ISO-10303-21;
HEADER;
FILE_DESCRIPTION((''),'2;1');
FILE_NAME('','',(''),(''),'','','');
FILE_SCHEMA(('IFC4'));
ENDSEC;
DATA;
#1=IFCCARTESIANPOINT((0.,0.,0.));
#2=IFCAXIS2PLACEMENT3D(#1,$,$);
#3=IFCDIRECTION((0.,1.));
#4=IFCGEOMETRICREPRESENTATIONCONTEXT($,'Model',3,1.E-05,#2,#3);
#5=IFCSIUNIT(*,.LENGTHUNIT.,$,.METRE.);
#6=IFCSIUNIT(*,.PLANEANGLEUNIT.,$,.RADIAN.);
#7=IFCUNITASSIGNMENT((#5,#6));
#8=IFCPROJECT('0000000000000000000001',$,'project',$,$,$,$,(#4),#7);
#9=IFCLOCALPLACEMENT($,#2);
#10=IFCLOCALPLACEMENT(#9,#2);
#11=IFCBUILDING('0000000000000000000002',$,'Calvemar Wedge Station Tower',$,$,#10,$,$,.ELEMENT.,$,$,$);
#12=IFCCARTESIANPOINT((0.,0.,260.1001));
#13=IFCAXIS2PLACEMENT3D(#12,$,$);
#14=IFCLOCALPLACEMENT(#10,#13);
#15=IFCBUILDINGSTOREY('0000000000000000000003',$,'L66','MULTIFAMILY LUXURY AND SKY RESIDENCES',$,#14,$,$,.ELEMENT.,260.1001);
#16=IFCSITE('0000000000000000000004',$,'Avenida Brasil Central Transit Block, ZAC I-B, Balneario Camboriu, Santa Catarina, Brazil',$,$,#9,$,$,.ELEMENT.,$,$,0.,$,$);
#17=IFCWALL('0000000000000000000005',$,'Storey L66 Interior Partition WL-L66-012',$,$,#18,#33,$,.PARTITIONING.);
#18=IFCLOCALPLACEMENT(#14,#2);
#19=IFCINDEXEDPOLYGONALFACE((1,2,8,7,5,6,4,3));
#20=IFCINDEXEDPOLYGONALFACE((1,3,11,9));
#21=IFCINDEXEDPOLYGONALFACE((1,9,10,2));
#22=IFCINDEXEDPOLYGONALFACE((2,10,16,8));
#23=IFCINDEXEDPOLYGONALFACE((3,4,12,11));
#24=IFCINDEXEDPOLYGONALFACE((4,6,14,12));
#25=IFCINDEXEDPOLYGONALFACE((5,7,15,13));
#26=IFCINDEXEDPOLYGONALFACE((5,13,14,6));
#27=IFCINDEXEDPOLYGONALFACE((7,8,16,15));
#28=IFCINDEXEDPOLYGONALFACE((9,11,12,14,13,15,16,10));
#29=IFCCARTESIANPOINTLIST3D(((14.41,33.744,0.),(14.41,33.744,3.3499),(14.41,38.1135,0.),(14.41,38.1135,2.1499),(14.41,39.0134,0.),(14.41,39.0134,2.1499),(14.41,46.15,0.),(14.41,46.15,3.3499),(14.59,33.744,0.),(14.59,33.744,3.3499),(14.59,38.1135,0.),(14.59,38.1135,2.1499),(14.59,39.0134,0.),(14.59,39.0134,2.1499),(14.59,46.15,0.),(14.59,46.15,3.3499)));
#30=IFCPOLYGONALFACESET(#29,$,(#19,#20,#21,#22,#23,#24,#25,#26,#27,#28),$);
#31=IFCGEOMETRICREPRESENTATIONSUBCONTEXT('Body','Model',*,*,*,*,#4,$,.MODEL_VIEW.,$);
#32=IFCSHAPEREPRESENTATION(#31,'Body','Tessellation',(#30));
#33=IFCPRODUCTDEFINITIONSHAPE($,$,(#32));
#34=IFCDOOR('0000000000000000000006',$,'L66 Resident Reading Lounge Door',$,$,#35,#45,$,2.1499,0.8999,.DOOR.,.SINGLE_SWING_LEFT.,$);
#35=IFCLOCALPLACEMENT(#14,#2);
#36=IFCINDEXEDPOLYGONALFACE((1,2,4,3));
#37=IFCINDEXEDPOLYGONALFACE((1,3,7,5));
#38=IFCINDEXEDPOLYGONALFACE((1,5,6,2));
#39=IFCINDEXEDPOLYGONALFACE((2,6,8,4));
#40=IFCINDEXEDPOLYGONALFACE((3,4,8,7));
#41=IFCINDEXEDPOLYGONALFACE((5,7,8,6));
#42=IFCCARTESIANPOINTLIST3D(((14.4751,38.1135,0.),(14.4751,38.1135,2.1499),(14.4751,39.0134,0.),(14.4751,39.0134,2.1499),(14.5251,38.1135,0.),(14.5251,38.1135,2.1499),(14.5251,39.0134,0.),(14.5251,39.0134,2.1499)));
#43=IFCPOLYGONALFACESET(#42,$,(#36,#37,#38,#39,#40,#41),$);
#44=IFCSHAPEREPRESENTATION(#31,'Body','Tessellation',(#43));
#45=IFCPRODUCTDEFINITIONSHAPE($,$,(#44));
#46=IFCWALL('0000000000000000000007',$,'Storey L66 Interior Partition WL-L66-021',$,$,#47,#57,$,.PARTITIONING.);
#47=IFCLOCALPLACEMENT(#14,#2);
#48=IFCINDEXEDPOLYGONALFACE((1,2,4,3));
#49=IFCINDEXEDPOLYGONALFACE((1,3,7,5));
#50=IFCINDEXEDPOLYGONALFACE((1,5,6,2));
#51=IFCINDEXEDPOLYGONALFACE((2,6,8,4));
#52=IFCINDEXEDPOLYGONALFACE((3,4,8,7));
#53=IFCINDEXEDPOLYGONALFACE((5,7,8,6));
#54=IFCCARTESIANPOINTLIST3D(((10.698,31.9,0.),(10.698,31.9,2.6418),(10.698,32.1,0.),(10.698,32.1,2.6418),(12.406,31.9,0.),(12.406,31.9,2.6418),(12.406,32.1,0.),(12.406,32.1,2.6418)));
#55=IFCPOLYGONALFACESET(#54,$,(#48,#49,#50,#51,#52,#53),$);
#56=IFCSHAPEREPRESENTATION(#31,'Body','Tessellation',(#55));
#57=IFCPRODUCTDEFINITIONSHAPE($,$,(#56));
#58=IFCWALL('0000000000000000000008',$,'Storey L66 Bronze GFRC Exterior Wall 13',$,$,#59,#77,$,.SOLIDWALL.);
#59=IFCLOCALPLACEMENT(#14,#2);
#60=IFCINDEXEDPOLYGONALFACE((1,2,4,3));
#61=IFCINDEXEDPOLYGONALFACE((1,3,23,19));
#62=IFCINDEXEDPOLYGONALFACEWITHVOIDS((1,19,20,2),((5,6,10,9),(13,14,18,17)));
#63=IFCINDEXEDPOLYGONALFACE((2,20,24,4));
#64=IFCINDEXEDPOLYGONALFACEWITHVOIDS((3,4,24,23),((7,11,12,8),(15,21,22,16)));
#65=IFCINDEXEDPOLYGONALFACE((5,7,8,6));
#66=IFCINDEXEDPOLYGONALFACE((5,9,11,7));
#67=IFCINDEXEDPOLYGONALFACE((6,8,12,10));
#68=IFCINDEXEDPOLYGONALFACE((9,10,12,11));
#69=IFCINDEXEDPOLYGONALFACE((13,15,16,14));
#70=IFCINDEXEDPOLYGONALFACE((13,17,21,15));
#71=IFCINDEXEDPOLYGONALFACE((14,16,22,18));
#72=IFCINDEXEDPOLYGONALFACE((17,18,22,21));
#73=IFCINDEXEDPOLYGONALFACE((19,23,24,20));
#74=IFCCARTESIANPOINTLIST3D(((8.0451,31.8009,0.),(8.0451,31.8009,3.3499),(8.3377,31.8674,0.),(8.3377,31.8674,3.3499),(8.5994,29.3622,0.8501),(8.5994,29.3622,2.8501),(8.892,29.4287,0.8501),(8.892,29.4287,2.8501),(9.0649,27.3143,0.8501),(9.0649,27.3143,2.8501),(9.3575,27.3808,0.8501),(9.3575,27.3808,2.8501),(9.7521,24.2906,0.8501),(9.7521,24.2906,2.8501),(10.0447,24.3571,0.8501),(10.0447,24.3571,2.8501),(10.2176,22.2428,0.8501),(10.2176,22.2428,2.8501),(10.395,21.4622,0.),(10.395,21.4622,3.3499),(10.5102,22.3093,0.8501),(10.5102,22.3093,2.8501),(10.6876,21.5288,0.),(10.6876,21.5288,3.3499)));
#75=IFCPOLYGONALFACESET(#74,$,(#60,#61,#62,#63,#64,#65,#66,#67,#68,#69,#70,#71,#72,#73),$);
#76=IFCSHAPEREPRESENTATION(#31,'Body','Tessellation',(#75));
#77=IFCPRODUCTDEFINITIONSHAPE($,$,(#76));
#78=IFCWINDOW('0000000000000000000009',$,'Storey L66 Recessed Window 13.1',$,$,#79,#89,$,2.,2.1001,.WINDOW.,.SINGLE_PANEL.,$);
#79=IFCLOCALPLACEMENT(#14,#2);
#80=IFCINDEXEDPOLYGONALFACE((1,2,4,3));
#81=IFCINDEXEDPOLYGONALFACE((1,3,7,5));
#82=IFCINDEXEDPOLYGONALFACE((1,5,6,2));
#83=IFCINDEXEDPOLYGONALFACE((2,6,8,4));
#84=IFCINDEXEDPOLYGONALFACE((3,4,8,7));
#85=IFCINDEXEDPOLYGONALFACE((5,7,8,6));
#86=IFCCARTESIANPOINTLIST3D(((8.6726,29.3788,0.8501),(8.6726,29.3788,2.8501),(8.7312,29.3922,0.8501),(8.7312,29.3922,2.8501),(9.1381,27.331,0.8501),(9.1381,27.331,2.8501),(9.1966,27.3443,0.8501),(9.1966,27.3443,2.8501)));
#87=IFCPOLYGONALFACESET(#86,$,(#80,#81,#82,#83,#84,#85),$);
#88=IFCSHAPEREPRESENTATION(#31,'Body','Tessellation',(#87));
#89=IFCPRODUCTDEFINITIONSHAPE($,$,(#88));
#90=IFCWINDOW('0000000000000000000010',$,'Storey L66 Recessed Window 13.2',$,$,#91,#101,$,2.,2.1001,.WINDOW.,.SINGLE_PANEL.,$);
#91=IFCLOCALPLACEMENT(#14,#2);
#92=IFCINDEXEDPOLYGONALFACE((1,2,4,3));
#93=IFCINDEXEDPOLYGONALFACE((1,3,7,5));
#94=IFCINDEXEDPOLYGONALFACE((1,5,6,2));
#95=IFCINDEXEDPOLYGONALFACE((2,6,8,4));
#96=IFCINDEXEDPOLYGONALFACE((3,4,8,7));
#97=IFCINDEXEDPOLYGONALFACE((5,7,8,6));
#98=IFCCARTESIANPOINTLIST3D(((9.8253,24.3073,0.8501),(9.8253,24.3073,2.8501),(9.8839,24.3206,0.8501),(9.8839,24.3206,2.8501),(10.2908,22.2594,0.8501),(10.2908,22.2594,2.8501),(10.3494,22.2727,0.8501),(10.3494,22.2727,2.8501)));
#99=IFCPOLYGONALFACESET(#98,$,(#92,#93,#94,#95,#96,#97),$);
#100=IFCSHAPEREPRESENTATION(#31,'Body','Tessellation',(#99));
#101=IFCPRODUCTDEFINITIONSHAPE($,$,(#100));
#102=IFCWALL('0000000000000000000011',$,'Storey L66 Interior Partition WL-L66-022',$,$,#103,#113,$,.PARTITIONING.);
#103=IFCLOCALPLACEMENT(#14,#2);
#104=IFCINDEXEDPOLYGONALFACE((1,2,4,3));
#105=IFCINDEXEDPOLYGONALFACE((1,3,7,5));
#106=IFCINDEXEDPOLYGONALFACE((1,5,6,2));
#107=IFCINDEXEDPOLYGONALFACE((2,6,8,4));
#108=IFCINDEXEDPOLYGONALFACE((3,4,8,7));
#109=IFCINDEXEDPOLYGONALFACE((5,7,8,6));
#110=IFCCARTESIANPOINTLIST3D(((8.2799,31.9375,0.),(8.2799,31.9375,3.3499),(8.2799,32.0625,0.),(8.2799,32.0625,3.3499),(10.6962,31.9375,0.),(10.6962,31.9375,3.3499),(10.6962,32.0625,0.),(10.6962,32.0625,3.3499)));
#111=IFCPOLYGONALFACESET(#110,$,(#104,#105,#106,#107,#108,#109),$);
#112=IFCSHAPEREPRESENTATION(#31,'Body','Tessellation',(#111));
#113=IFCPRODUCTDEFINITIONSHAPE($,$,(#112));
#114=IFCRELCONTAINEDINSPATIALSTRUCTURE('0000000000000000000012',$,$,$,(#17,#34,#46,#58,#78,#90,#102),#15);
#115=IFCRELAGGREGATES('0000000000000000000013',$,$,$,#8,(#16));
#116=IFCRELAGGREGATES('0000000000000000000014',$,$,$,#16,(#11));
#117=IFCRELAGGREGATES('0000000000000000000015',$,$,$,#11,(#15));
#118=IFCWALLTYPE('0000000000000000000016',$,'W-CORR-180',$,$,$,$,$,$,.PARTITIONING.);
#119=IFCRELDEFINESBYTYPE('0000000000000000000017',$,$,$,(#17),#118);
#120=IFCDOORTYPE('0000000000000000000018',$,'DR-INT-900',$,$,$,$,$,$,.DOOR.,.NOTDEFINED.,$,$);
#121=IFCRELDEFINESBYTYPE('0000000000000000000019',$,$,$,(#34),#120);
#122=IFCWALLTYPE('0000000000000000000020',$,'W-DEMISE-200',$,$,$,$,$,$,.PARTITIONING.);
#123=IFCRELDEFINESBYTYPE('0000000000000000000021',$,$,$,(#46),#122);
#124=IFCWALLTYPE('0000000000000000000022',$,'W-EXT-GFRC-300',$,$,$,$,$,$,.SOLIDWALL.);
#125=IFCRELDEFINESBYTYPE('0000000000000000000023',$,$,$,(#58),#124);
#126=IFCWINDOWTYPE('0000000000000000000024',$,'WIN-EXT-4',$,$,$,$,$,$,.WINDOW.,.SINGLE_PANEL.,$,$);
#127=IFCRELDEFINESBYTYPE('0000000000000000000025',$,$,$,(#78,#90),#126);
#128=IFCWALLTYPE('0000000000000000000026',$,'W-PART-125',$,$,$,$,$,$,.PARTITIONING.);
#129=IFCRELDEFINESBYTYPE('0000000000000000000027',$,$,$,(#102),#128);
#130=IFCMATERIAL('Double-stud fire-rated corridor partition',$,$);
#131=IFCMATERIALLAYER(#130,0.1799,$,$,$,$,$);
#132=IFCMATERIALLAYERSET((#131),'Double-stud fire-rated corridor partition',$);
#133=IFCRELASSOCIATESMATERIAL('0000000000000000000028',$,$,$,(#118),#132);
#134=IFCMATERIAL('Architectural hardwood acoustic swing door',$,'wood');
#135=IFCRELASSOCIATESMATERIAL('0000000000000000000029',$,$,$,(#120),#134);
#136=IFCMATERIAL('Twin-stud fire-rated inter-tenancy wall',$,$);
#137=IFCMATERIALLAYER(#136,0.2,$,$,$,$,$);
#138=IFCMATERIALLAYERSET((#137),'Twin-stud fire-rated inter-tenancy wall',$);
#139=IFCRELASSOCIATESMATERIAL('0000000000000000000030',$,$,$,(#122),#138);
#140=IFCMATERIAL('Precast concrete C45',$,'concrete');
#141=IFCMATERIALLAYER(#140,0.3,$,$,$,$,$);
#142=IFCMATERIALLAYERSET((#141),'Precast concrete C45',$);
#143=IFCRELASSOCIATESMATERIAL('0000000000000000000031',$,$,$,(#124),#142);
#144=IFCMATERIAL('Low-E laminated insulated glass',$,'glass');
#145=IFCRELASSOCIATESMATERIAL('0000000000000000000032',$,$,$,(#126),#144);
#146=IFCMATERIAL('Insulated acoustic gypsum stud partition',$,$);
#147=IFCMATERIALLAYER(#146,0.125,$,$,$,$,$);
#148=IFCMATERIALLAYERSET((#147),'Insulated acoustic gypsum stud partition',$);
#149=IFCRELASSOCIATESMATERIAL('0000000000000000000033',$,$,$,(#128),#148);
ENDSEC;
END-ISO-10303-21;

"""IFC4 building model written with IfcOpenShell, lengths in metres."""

from ifc_helpers import new_model, si_unit, direction, frame, frame_2d, origin, place, context, subcontext, project, spatial, rectangle, extrude, source, transform, mapped, material, layer, layer_set, type_object, element, fill, save


model = new_model("IFC4")

# Units and contexts
model_context = context("Model", 3, precision=1e-05, world=origin(), true_north=direction((0.0, 1.0)))
body_context = subcontext(model_context, "Body", "Model", "MODEL_VIEW")
ifc_project = project(units=[si_unit("LENGTHUNIT", "METRE"), si_unit("PLANEANGLEUNIT", "RADIAN")], contexts=[model_context])

# Site, building, storey
site_placement = place(None, origin())
site = spatial("IfcSite", under=ifc_project, at=site_placement, Name="Avenida Brasil Central Transit Block, ZAC I-B, Balneario Camboriu, Santa Catarina, Brazil", CompositionType="ELEMENT", RefElevation=0.0)
building_placement = place(site_placement, origin())
building = spatial("IfcBuilding", under=site, at=building_placement, Name="Calvemar Wedge Station Tower", CompositionType="ELEMENT")
storey_placement = place(building_placement, frame((0.0, 0.0, 260.1001)))
storey = spatial("IfcBuildingStorey", under=building, at=storey_placement, Name="L66", Description="MULTIFAMILY LUXURY AND SKY RESIDENCES", CompositionType="ELEMENT", Elevation=260.1001)

# Shared definitions
ifc_material_1 = material(Name="Double-stud fire-rated corridor partition")
ifc_layer_1 = layer(ifc_material_1, 0.1799)
ifc_layer_set_1 = layer_set([ifc_layer_1], Name="Double-stud fire-rated corridor partition")
wall_type_1 = type_object("IfcWallType", Name="W-CORR-180", PredefinedType="PARTITIONING", material=ifc_layer_set_1)

# Wall, opening, door
wall_1_placement = place(storey_placement, frame((14.5, 33.7439, 0.0), z_axis=(0.0, 0.0, 1.0), x_axis=(0.0, 1.0, 0.0)))
wall_1 = element("IfcWall", 1, at=wall_1_placement, inside=storey, type_object=wall_type_1, Name="Storey L66 Interior Partition WL-L66-012", PredefinedType="PARTITIONING", context=body_context, shape_type="SweptSolid", body=[
    extrude(rectangle(XDim=12.406, YDim=0.1799, at=frame_2d((6.2031, 0.0))), origin(), (0.0, 0.0, 1.0), 3.3499),
])
shared_shape_1 = source(origin(), body_context, "Body", "SweptSolid", [
    extrude(rectangle(XDim=0.8999, YDim=2.1499, at=frame_2d((0.45, 1.075))), frame((0.0, 0.1001, 0.0), z_axis=(0.0, -1.0, 0.0), x_axis=(1.0, 0.0, 0.0)), (0.0, 0.0, 1.0), 0.2),
])
opening_1_placement = place(wall_1_placement, frame((4.3696, 0.0, 0.0)))
opening_1 = element("IfcOpeningElement", 2, at=opening_1_placement, cuts=wall_1, PredefinedType="OPENING", context=body_context, shape_type="MappedRepresentation", body=[
    mapped(shared_shape_1, transform((0.0, 0.0, 0.0), scale=1.0)),
])
ifc_material_2 = material(Name="Architectural hardwood acoustic swing door", Category="wood")
door_type_1 = type_object("IfcDoorType", Name="DR-INT-900", OperationType="NOTDEFINED", PredefinedType="DOOR", material=ifc_material_2)
shared_shape_2 = source(origin(), body_context, "Body", "SweptSolid", [
    extrude(rectangle(XDim=0.8999, YDim=2.1499, at=frame_2d((0.45, 1.075))), frame((0.0, 0.0249, 0.0), z_axis=(0.0, -1.0, 0.0), x_axis=(1.0, 0.0, 0.0)), (0.0, 0.0, 1.0), 0.05),
])
door_1_placement = place(opening_1_placement, origin())
door_1 = element("IfcDoor", 3, at=door_1_placement, inside=storey, type_object=door_type_1, Name="L66 Resident Reading Lounge Door", OperationType="SINGLE_SWING_LEFT", OverallHeight=2.1499, OverallWidth=0.8999, PredefinedType="DOOR", context=body_context, shape_type="MappedRepresentation", body=[
    mapped(shared_shape_2, transform((0.0, 0.0, 0.0), scale=1.0)),
])
fill(opening_1, door_1)

# Wall
ifc_material_3 = material(Name="Twin-stud fire-rated inter-tenancy wall")
ifc_layer_2 = layer(ifc_material_3, 0.2)
ifc_layer_set_2 = layer_set([ifc_layer_2], Name="Twin-stud fire-rated inter-tenancy wall")
wall_type_2 = type_object("IfcWallType", Name="W-DEMISE-200", PredefinedType="PARTITIONING", material=ifc_layer_set_2)
wall_2_placement = place(storey_placement, frame((12.406, 32.0, 0.0), z_axis=(0.0, 0.0, 1.0), x_axis=(-1.0, 0.0, 0.0)))
element("IfcWall", 4, at=wall_2_placement, inside=storey, type_object=wall_type_2, Name="Storey L66 Interior Partition WL-L66-021", PredefinedType="PARTITIONING", context=body_context, shape_type="SweptSolid", body=[
    extrude(rectangle(XDim=1.708, YDim=0.2, at=frame_2d((0.854, 0.0))), origin(), (0.0, 0.0, 1.0), 2.6418),
])

# Wall, openings, windows
ifc_material_4 = material(Name="Precast concrete C45", Category="concrete")
ifc_layer_3 = layer(ifc_material_4, 0.3)
ifc_layer_set_3 = layer_set([ifc_layer_3], Name="Precast concrete C45")
wall_type_3 = type_object("IfcWallType", Name="W-EXT-GFRC-300", PredefinedType="SOLIDWALL", material=ifc_layer_set_3)
wall_3_placement = place(storey_placement, frame((8.1914, 31.8342, 0.0), z_axis=(0.0, 0.0, 1.0), x_axis=(0.221636, -0.975129, 0.0)))
wall_3 = element("IfcWall", 5, at=wall_3_placement, inside=storey, type_object=wall_type_3, Name="Storey L66 Bronze GFRC Exterior Wall 13", PredefinedType="SOLIDWALL", context=body_context, shape_type="SweptSolid", body=[
    extrude(rectangle(XDim=10.6023, YDim=0.3, at=frame_2d((5.3013, 0.0))), origin(), (0.0, 0.0, 1.0), 3.3499),
])
shared_shape_3 = source(origin(), body_context, "Body", "SweptSolid", [
    extrude(rectangle(XDim=2.1001, YDim=2.0, at=frame_2d((1.05, 1.0))), frame((0.0, 0.1602, 0.0), z_axis=(0.0, -1.0, 0.0), x_axis=(1.0, 0.0, 0.0)), (0.0, 0.0, 1.0), 0.3201),
])
opening_2_placement = place(wall_3_placement, frame((2.501, 0.0, 0.8501)))
opening_2 = element("IfcOpeningElement", 6, at=opening_2_placement, cuts=wall_3, PredefinedType="OPENING", context=body_context, shape_type="MappedRepresentation", body=[
    mapped(shared_shape_3, transform((0.0, 0.0, 0.0), scale=1.0)),
])
opening_3_placement = place(wall_3_placement, frame((7.7019, 0.0, 0.8501)))
opening_3 = element("IfcOpeningElement", 7, at=opening_3_placement, cuts=wall_3, PredefinedType="OPENING", context=body_context, shape_type="MappedRepresentation", body=[
    mapped(shared_shape_3, transform((0.0, 0.0, 0.0), scale=1.0)),
])
ifc_material_5 = material(Name="Low-E laminated insulated glass", Category="glass")
window_type = type_object("IfcWindowType", Name="WIN-EXT-4", PartitioningType="SINGLE_PANEL", PredefinedType="WINDOW", material=ifc_material_5)
shared_shape_4 = source(origin(), body_context, "Body", "SweptSolid", [
    extrude(rectangle(XDim=2.1001, YDim=2.0, at=frame_2d((1.05, 1.0))), frame((0.0, -0.0149, 0.0), z_axis=(0.0, -1.0, 0.0), x_axis=(1.0, 0.0, 0.0)), (0.0, 0.0, 1.0), 0.0601),
])
window_1_placement = place(opening_2_placement, origin())
window_1 = element("IfcWindow", 8, at=window_1_placement, inside=storey, type_object=window_type, Name="Storey L66 Recessed Window 13.1", OverallHeight=2.0, OverallWidth=2.1001, PartitioningType="SINGLE_PANEL", PredefinedType="WINDOW", context=body_context, shape_type="MappedRepresentation", body=[
    mapped(shared_shape_4, transform((0.0, 0.0, 0.0), scale=1.0)),
])
fill(opening_2, window_1)
window_2_placement = place(opening_3_placement, origin())
window_2 = element("IfcWindow", 9, at=window_2_placement, inside=storey, type_object=window_type, Name="Storey L66 Recessed Window 13.2", OverallHeight=2.0, OverallWidth=2.1001, PartitioningType="SINGLE_PANEL", PredefinedType="WINDOW", context=body_context, shape_type="MappedRepresentation", body=[
    mapped(shared_shape_4, transform((0.0, 0.0, 0.0), scale=1.0)),
])
fill(opening_3, window_2)

# Wall
ifc_material_6 = material(Name="Insulated acoustic gypsum stud partition")
ifc_layer_4 = layer(ifc_material_6, 0.125)
ifc_layer_set_4 = layer_set([ifc_layer_4], Name="Insulated acoustic gypsum stud partition")
wall_type_4 = type_object("IfcWallType", Name="W-PART-125", PredefinedType="PARTITIONING", material=ifc_layer_set_4)
wall_4_placement = place(storey_placement, frame((10.696, 32.0, 0.0), z_axis=(0.0, 0.0, 1.0), x_axis=(-1.0, 0.0, 0.0)))
element("IfcWall", 10, at=wall_4_placement, inside=storey, type_object=wall_type_4, Name="Storey L66 Interior Partition WL-L66-022", PredefinedType="PARTITIONING", context=body_context, shape_type="SweptSolid", body=[
    extrude(rectangle(XDim=2.4163, YDim=0.125, at=frame_2d((1.208, 0.0))), origin(), (0.0, 0.0, 1.0), 3.3499),
])

save(model, "model.ifc")
